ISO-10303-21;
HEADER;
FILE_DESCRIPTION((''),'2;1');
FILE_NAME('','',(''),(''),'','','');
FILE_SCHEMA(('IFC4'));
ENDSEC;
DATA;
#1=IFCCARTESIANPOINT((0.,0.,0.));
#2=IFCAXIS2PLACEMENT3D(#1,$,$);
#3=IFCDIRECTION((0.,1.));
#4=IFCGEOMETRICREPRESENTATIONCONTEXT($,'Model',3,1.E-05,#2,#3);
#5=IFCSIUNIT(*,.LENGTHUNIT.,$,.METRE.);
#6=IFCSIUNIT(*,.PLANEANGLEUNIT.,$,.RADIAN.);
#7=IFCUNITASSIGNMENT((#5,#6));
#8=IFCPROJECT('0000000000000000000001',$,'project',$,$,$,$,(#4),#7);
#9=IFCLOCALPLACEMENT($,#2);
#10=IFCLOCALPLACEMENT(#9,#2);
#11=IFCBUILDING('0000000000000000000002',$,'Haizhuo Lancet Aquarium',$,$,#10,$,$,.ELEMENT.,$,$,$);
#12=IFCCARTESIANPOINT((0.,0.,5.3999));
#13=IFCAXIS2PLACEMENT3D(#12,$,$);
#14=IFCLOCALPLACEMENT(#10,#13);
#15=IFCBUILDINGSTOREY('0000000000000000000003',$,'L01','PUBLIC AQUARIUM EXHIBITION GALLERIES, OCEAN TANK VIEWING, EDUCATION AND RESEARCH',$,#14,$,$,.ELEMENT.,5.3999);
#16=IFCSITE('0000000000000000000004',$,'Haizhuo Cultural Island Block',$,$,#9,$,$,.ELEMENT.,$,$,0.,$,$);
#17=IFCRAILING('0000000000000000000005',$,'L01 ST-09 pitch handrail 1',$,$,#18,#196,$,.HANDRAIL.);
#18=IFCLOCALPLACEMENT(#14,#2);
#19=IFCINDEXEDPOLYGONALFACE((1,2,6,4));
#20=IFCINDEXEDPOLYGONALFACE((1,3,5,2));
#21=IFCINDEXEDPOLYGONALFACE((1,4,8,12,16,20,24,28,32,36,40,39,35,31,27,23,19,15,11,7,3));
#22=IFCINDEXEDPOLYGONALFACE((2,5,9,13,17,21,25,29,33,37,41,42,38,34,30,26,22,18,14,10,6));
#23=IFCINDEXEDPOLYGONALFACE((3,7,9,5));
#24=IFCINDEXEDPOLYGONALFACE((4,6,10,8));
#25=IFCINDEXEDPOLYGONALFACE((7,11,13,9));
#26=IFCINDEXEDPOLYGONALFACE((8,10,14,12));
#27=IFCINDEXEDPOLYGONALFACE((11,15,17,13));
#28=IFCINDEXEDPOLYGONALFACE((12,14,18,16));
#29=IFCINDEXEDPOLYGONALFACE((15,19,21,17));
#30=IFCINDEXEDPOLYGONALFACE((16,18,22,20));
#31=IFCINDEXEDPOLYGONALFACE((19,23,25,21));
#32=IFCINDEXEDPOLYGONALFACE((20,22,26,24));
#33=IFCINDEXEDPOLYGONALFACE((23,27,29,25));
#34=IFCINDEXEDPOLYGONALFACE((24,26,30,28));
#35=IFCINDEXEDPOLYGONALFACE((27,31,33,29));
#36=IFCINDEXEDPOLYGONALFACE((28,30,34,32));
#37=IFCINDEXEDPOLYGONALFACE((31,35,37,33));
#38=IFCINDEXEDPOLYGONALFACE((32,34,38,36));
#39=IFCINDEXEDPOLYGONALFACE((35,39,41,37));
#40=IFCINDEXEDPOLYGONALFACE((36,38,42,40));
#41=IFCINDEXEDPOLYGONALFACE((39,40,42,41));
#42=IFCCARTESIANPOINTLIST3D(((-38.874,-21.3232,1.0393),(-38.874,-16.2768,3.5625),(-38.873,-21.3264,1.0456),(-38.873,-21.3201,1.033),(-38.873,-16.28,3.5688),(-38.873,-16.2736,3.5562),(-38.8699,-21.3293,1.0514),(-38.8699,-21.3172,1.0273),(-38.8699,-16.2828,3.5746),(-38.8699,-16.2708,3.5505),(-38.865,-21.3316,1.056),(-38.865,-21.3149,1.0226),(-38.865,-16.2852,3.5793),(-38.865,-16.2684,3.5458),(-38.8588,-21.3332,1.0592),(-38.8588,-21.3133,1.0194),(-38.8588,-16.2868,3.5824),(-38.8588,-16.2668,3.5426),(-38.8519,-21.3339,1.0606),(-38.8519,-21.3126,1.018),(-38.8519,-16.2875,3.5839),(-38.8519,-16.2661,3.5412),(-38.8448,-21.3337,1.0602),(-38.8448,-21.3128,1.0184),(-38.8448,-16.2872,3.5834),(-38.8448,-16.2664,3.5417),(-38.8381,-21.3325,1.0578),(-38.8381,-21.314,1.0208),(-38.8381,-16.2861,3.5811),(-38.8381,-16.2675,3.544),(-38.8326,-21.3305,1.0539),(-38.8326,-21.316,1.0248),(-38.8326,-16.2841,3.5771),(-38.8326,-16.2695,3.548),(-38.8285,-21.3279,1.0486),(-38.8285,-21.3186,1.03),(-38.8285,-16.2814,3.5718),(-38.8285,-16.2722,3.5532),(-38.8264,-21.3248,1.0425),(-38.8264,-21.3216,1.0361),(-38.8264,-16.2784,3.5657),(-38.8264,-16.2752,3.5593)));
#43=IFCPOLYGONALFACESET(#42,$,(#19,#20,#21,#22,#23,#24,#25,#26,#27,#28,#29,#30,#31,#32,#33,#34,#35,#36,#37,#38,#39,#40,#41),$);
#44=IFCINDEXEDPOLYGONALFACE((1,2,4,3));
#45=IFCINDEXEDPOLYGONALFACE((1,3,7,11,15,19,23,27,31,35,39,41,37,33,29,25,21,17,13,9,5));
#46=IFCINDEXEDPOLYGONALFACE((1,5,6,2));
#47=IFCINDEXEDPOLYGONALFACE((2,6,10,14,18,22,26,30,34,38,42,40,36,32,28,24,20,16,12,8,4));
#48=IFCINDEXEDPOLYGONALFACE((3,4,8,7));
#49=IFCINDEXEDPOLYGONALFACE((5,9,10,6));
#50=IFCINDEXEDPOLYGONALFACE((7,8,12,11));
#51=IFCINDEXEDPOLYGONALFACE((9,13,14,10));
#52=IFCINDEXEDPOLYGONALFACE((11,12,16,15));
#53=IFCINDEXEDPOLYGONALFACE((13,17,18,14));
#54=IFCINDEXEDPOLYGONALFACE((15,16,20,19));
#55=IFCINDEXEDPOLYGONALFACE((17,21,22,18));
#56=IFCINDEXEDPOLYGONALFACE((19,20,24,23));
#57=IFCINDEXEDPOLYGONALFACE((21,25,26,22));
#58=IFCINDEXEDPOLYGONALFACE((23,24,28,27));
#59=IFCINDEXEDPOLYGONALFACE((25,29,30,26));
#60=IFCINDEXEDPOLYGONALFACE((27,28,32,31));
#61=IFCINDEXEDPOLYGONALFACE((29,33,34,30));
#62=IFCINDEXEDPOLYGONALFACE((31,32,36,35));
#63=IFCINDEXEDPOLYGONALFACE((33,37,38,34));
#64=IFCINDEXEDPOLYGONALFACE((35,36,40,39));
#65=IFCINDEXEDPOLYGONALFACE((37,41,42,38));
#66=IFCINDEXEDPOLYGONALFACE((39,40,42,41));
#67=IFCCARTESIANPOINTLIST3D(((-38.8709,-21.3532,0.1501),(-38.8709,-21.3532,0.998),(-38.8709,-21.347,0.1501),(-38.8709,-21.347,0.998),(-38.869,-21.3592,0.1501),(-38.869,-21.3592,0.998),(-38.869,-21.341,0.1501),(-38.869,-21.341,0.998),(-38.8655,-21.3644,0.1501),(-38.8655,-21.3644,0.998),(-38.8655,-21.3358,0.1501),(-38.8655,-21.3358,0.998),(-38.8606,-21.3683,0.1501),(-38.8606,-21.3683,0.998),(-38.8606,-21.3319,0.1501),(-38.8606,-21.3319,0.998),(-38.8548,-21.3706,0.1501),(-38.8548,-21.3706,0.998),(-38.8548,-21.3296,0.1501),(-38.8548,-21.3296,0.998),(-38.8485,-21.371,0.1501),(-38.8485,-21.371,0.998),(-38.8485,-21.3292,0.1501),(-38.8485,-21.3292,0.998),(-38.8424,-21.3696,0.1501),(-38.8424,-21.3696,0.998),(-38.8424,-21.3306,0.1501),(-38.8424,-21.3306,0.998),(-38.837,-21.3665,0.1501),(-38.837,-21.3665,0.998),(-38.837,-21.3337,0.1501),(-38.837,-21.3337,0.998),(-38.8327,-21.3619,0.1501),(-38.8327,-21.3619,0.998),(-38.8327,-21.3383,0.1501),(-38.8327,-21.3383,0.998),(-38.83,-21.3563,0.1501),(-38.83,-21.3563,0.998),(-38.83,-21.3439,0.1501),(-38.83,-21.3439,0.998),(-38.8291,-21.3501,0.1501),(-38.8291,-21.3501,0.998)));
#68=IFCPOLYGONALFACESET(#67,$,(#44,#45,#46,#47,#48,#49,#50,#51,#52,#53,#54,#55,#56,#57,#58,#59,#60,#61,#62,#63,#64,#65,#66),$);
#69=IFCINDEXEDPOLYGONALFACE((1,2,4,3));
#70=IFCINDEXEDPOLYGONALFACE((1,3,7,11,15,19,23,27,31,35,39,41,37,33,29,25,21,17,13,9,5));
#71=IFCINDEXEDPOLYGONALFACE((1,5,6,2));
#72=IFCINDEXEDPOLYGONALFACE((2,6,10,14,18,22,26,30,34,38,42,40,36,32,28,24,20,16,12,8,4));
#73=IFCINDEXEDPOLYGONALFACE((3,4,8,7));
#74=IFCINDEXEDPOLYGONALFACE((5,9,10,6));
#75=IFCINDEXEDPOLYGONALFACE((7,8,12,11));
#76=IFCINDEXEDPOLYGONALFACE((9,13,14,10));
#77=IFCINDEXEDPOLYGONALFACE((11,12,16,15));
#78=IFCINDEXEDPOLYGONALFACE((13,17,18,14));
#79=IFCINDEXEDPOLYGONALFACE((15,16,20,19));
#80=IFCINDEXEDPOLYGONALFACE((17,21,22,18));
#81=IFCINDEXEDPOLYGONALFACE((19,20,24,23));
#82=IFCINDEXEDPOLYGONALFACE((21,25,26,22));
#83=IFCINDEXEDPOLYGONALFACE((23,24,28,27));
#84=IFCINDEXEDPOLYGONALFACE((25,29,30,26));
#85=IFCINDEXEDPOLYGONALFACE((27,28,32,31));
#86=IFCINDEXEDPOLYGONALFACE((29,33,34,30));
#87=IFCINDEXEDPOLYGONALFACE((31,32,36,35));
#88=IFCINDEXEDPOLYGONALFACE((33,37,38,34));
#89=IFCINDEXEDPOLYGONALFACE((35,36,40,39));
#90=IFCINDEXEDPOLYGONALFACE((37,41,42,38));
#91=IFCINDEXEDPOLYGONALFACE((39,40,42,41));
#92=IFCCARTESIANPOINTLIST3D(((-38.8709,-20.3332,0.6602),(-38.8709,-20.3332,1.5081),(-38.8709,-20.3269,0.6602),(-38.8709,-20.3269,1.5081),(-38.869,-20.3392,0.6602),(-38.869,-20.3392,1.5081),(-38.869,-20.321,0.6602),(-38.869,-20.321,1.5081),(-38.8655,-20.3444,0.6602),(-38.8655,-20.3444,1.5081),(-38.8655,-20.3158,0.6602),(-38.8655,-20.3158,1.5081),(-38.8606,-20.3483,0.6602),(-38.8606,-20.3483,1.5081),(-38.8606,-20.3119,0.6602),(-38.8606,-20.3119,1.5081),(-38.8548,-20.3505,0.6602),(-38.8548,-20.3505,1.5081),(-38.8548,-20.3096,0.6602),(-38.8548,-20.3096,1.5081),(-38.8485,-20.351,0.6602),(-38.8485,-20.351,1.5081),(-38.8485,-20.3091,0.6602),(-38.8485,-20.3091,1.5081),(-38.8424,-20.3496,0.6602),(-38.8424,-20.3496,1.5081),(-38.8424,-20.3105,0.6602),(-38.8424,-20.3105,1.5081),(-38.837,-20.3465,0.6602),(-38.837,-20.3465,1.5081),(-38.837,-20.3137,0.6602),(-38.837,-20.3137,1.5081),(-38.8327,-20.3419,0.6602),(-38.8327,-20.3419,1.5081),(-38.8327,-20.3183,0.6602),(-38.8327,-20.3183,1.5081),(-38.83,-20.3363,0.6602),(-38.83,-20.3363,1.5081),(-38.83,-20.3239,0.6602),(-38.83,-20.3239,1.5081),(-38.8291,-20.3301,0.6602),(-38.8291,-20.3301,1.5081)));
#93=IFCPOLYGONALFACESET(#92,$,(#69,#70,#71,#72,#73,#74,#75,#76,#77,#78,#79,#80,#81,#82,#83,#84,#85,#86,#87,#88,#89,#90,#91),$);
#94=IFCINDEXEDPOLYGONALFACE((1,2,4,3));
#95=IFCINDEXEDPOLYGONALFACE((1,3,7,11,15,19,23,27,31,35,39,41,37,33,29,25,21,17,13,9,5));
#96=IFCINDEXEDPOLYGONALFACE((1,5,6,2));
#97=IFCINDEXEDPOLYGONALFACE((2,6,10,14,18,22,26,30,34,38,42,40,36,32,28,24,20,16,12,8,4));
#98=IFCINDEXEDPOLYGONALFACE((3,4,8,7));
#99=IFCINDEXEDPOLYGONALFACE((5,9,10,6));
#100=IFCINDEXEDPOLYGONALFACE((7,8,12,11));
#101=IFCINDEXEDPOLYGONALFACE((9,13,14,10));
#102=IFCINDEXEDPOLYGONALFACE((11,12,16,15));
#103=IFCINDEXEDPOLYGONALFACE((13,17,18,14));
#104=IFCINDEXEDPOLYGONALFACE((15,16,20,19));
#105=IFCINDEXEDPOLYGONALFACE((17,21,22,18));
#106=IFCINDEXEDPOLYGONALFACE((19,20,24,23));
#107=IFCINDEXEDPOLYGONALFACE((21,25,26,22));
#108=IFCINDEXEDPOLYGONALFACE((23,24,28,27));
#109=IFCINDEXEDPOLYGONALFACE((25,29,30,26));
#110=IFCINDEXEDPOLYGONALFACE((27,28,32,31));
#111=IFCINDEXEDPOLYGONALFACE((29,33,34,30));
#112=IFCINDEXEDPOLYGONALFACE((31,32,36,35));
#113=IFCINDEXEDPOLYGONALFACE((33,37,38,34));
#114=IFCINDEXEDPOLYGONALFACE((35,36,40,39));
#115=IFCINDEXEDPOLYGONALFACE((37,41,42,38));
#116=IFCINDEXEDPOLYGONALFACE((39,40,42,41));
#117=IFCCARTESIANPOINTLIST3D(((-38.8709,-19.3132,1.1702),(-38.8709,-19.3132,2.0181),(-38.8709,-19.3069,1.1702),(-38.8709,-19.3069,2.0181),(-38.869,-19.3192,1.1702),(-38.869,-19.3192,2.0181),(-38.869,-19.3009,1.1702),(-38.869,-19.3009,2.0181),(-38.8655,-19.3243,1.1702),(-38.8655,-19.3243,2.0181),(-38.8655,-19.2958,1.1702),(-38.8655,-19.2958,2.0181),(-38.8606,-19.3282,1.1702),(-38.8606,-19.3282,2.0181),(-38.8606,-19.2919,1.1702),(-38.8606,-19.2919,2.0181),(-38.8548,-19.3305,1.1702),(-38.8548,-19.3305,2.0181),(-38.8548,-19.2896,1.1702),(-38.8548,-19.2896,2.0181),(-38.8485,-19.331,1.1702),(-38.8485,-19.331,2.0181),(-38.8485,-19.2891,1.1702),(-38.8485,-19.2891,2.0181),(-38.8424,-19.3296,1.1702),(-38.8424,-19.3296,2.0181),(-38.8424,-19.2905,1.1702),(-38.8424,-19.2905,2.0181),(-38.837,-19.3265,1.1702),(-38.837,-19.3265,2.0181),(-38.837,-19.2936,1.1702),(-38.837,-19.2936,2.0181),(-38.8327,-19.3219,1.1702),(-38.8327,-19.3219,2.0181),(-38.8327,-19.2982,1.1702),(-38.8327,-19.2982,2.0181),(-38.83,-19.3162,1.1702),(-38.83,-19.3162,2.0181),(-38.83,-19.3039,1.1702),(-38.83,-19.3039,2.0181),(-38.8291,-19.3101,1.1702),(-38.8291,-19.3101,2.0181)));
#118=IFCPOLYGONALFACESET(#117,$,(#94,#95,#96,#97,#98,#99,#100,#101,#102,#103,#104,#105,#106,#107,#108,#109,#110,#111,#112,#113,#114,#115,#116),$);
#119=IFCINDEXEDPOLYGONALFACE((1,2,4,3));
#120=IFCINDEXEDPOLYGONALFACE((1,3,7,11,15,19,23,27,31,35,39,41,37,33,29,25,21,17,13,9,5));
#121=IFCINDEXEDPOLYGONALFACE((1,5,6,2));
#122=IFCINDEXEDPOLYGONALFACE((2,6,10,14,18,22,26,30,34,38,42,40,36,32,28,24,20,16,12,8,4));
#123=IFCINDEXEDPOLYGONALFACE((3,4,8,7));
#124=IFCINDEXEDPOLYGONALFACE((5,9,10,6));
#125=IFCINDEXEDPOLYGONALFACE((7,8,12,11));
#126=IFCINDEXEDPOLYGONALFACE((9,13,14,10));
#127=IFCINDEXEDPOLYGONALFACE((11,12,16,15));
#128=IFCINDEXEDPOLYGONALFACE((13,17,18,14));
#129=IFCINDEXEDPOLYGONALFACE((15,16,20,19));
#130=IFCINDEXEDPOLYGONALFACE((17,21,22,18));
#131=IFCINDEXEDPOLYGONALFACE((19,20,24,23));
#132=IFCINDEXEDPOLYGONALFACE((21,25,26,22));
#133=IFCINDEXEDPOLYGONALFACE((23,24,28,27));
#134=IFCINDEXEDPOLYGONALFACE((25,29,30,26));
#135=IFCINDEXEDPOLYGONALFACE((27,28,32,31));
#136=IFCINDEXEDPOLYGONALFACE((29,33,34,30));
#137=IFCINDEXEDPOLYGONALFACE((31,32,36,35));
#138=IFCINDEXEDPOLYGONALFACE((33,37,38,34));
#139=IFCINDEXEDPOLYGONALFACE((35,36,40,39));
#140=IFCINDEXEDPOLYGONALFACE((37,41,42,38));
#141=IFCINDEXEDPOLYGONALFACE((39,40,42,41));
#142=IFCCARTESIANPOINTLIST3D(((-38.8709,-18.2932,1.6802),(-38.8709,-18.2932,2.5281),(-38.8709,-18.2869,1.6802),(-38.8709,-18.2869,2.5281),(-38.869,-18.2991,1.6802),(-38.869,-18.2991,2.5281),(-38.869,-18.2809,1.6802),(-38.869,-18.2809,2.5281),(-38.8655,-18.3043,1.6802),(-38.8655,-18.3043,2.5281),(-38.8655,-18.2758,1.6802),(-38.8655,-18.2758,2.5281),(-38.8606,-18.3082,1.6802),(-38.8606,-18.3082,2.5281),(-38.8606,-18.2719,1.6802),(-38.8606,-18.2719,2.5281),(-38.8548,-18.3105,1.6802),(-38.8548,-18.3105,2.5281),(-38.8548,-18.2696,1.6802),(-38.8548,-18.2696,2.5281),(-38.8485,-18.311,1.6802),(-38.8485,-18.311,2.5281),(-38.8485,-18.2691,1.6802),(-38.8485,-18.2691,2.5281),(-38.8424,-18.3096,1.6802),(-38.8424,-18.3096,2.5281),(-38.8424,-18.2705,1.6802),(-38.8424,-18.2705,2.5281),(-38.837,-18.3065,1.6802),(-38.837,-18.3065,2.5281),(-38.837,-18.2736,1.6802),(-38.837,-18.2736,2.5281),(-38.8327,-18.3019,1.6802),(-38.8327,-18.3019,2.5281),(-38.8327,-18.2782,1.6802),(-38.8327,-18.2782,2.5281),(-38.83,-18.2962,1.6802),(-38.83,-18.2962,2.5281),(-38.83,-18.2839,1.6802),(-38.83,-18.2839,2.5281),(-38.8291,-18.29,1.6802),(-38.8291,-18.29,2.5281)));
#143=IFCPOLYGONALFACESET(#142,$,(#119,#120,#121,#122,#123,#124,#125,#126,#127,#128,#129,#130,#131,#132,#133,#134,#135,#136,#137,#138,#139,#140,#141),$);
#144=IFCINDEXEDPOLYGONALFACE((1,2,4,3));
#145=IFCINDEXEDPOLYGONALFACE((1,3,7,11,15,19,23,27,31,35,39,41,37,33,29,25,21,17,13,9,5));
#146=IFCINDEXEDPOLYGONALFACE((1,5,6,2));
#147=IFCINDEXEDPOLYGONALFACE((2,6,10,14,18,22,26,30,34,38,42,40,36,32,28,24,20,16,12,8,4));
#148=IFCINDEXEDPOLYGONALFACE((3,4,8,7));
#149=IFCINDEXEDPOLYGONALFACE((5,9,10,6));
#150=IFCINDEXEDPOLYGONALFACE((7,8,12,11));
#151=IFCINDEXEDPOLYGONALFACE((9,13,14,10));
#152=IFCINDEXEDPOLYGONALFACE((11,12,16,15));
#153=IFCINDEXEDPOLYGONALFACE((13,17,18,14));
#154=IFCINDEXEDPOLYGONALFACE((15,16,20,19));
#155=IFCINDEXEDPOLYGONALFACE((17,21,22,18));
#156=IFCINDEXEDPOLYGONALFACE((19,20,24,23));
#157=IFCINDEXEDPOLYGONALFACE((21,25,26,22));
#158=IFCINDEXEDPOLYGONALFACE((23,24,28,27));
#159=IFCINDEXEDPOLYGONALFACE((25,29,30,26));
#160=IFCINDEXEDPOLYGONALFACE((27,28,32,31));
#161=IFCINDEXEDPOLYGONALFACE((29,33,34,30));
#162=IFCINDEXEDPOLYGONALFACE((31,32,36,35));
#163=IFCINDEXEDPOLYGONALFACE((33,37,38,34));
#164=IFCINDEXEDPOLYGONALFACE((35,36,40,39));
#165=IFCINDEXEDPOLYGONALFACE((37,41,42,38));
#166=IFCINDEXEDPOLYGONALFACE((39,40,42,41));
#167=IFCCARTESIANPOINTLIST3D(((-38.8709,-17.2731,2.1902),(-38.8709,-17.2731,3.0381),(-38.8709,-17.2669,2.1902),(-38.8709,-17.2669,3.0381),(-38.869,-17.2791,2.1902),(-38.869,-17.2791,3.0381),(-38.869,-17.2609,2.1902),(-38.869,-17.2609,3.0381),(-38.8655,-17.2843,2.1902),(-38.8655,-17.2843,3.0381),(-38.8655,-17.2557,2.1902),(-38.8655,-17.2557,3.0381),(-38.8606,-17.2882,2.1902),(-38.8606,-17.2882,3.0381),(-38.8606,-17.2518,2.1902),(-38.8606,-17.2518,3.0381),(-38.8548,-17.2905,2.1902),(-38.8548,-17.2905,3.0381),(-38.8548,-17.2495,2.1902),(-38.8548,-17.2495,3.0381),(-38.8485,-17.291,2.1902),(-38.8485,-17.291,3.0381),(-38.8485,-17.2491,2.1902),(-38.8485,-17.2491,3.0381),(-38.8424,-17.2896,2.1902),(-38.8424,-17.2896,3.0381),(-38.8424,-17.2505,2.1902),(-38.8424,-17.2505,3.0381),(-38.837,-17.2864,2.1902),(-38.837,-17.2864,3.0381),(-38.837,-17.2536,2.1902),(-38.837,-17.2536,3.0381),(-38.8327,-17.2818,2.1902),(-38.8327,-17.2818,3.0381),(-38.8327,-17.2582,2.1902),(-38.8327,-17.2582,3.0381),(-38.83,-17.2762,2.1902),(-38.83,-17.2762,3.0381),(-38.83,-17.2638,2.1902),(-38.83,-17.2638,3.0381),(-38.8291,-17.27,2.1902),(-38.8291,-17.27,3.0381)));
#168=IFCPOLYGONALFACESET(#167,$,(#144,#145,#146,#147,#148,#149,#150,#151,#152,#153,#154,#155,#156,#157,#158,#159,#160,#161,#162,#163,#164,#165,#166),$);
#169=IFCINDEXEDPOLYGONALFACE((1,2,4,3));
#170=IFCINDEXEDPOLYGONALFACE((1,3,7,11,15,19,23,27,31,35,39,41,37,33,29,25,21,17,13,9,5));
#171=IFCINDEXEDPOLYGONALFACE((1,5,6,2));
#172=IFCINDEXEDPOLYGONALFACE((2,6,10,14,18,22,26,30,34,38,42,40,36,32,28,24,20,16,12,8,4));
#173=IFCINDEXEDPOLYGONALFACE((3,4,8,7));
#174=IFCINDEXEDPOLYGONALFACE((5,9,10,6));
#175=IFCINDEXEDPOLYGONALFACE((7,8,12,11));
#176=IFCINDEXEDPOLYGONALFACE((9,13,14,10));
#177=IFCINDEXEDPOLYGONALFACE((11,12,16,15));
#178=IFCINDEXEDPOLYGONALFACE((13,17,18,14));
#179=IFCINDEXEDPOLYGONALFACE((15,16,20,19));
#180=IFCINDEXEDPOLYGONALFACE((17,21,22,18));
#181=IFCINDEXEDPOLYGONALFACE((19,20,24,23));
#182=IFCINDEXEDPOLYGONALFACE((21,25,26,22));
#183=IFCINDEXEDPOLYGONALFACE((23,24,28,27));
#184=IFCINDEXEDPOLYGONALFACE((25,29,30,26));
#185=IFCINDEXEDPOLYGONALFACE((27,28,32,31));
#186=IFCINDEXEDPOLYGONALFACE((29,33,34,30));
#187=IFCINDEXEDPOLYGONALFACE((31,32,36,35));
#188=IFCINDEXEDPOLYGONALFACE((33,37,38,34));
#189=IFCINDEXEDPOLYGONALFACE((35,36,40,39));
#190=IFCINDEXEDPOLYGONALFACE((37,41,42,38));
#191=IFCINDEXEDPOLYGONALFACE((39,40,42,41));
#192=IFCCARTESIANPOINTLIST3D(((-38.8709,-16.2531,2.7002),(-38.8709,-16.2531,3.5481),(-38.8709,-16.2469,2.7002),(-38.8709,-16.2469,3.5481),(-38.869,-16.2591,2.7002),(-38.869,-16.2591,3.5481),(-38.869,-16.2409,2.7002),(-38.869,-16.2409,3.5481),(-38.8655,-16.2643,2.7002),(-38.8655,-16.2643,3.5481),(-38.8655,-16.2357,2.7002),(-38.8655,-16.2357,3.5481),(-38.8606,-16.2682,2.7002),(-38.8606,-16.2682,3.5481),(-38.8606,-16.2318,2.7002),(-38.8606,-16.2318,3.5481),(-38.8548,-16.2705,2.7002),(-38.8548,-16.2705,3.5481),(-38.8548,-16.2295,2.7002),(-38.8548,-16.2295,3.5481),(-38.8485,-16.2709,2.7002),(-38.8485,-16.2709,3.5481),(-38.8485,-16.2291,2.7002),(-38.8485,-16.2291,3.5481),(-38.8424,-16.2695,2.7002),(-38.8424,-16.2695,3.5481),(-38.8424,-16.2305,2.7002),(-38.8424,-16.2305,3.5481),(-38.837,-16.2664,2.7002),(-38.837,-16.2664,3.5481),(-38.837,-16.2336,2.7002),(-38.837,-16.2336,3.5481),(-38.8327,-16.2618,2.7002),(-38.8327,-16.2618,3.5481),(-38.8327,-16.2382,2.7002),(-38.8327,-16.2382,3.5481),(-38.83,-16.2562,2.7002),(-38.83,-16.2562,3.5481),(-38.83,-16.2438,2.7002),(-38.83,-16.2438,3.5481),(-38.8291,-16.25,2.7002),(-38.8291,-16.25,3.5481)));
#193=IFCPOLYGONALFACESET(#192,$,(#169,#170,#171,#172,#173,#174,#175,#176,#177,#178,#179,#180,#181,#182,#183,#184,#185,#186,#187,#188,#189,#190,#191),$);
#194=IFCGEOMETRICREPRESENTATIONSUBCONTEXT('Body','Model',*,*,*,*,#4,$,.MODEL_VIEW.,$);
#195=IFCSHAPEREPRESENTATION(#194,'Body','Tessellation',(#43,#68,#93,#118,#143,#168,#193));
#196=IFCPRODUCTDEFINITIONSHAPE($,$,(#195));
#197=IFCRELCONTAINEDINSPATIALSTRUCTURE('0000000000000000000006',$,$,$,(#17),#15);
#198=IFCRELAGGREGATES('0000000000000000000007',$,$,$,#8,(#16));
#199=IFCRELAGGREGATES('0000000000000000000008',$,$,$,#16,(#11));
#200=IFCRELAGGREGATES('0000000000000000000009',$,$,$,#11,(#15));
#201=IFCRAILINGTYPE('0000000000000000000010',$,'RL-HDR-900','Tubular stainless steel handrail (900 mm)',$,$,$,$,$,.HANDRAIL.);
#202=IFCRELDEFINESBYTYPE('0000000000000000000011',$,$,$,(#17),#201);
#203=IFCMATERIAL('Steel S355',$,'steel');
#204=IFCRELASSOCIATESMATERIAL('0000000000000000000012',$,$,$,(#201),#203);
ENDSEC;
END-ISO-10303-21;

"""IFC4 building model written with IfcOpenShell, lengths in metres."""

from ifc_helpers import new_model, si_unit, direction, frame, origin, origin_2d, place, context, subcontext, project, spatial, circle, extrude, material, type_object, element, save


model = new_model("IFC4")

# Units and contexts
model_context = context("Model", 3, precision=1e-05, world=origin(), true_north=direction((0.0, 1.0)))
body_context = subcontext(model_context, "Body", "Model", "MODEL_VIEW")
ifc_project = project(units=[si_unit("LENGTHUNIT", "METRE"), si_unit("PLANEANGLEUNIT", "RADIAN")], contexts=[model_context])

# Site, building, storey
site_placement = place(None, origin())
site = spatial("IfcSite", under=ifc_project, at=site_placement, Name="Haizhuo Cultural Island Block", CompositionType="ELEMENT", RefElevation=0.0)
building_placement = place(site_placement, origin())
building = spatial("IfcBuilding", under=site, at=building_placement, Name="Haizhuo Lancet Aquarium", CompositionType="ELEMENT")
storey_placement = place(building_placement, frame((0.0, 0.0, 5.3999)))
storey = spatial("IfcBuildingStorey", under=building, at=storey_placement, Name="L01", Description="PUBLIC AQUARIUM EXHIBITION GALLERIES, OCEAN TANK VIEWING, EDUCATION AND RESEARCH", CompositionType="ELEMENT", Elevation=5.3999)

# Shared definitions
ifc_material_1 = material(Name="Steel S355", Category="steel")

# Railing
railing_type_1 = type_object("IfcRailingType", Name="RL-HDR-900", Description="Tubular stainless steel handrail (900 mm)", PredefinedType="HANDRAIL", material=ifc_material_1)
railing_1_placement = place(storey_placement, frame((-38.8501, -21.3501, 0.1501)))
element("IfcRailing", 1, at=railing_1_placement, inside=storey, type_object=railing_type_1, Name="L01 ST-09 pitch handrail 1", PredefinedType="HANDRAIL", context=body_context, shape_type="SweptSolid", body=[
    extrude(circle(Radius=0.0239, at=origin_2d()), frame((0.0, 0.0269, 0.8892), z_axis=(0.0, 0.894427, 0.447214), x_axis=(-1.0, 0.0, 0.0)), (0.0, 0.0, 1.0), 5.6421),
    extrude(circle(Radius=0.021, at=origin_2d()), origin(), (0.0, 0.0, 1.0), 0.8479),
    extrude(circle(Radius=0.021, at=origin_2d()), frame((0.0, 1.02, 0.51)), (0.0, 0.0, 1.0), 0.8479),
    extrude(circle(Radius=0.021, at=origin_2d()), frame((0.0, 2.04, 1.02)), (0.0, 0.0, 1.0), 0.8479),
    extrude(circle(Radius=0.021, at=origin_2d()), frame((0.0, 3.0601, 1.53)), (0.0, 0.0, 1.0), 0.8479),
    extrude(circle(Radius=0.021, at=origin_2d()), frame((0.0, 4.0801, 2.04)), (0.0, 0.0, 1.0), 0.8479),
    extrude(circle(Radius=0.021, at=origin_2d()), frame((0.0, 5.1001, 2.55)), (0.0, 0.0, 1.0), 0.8479),
])

save(model, "model.ifc")
